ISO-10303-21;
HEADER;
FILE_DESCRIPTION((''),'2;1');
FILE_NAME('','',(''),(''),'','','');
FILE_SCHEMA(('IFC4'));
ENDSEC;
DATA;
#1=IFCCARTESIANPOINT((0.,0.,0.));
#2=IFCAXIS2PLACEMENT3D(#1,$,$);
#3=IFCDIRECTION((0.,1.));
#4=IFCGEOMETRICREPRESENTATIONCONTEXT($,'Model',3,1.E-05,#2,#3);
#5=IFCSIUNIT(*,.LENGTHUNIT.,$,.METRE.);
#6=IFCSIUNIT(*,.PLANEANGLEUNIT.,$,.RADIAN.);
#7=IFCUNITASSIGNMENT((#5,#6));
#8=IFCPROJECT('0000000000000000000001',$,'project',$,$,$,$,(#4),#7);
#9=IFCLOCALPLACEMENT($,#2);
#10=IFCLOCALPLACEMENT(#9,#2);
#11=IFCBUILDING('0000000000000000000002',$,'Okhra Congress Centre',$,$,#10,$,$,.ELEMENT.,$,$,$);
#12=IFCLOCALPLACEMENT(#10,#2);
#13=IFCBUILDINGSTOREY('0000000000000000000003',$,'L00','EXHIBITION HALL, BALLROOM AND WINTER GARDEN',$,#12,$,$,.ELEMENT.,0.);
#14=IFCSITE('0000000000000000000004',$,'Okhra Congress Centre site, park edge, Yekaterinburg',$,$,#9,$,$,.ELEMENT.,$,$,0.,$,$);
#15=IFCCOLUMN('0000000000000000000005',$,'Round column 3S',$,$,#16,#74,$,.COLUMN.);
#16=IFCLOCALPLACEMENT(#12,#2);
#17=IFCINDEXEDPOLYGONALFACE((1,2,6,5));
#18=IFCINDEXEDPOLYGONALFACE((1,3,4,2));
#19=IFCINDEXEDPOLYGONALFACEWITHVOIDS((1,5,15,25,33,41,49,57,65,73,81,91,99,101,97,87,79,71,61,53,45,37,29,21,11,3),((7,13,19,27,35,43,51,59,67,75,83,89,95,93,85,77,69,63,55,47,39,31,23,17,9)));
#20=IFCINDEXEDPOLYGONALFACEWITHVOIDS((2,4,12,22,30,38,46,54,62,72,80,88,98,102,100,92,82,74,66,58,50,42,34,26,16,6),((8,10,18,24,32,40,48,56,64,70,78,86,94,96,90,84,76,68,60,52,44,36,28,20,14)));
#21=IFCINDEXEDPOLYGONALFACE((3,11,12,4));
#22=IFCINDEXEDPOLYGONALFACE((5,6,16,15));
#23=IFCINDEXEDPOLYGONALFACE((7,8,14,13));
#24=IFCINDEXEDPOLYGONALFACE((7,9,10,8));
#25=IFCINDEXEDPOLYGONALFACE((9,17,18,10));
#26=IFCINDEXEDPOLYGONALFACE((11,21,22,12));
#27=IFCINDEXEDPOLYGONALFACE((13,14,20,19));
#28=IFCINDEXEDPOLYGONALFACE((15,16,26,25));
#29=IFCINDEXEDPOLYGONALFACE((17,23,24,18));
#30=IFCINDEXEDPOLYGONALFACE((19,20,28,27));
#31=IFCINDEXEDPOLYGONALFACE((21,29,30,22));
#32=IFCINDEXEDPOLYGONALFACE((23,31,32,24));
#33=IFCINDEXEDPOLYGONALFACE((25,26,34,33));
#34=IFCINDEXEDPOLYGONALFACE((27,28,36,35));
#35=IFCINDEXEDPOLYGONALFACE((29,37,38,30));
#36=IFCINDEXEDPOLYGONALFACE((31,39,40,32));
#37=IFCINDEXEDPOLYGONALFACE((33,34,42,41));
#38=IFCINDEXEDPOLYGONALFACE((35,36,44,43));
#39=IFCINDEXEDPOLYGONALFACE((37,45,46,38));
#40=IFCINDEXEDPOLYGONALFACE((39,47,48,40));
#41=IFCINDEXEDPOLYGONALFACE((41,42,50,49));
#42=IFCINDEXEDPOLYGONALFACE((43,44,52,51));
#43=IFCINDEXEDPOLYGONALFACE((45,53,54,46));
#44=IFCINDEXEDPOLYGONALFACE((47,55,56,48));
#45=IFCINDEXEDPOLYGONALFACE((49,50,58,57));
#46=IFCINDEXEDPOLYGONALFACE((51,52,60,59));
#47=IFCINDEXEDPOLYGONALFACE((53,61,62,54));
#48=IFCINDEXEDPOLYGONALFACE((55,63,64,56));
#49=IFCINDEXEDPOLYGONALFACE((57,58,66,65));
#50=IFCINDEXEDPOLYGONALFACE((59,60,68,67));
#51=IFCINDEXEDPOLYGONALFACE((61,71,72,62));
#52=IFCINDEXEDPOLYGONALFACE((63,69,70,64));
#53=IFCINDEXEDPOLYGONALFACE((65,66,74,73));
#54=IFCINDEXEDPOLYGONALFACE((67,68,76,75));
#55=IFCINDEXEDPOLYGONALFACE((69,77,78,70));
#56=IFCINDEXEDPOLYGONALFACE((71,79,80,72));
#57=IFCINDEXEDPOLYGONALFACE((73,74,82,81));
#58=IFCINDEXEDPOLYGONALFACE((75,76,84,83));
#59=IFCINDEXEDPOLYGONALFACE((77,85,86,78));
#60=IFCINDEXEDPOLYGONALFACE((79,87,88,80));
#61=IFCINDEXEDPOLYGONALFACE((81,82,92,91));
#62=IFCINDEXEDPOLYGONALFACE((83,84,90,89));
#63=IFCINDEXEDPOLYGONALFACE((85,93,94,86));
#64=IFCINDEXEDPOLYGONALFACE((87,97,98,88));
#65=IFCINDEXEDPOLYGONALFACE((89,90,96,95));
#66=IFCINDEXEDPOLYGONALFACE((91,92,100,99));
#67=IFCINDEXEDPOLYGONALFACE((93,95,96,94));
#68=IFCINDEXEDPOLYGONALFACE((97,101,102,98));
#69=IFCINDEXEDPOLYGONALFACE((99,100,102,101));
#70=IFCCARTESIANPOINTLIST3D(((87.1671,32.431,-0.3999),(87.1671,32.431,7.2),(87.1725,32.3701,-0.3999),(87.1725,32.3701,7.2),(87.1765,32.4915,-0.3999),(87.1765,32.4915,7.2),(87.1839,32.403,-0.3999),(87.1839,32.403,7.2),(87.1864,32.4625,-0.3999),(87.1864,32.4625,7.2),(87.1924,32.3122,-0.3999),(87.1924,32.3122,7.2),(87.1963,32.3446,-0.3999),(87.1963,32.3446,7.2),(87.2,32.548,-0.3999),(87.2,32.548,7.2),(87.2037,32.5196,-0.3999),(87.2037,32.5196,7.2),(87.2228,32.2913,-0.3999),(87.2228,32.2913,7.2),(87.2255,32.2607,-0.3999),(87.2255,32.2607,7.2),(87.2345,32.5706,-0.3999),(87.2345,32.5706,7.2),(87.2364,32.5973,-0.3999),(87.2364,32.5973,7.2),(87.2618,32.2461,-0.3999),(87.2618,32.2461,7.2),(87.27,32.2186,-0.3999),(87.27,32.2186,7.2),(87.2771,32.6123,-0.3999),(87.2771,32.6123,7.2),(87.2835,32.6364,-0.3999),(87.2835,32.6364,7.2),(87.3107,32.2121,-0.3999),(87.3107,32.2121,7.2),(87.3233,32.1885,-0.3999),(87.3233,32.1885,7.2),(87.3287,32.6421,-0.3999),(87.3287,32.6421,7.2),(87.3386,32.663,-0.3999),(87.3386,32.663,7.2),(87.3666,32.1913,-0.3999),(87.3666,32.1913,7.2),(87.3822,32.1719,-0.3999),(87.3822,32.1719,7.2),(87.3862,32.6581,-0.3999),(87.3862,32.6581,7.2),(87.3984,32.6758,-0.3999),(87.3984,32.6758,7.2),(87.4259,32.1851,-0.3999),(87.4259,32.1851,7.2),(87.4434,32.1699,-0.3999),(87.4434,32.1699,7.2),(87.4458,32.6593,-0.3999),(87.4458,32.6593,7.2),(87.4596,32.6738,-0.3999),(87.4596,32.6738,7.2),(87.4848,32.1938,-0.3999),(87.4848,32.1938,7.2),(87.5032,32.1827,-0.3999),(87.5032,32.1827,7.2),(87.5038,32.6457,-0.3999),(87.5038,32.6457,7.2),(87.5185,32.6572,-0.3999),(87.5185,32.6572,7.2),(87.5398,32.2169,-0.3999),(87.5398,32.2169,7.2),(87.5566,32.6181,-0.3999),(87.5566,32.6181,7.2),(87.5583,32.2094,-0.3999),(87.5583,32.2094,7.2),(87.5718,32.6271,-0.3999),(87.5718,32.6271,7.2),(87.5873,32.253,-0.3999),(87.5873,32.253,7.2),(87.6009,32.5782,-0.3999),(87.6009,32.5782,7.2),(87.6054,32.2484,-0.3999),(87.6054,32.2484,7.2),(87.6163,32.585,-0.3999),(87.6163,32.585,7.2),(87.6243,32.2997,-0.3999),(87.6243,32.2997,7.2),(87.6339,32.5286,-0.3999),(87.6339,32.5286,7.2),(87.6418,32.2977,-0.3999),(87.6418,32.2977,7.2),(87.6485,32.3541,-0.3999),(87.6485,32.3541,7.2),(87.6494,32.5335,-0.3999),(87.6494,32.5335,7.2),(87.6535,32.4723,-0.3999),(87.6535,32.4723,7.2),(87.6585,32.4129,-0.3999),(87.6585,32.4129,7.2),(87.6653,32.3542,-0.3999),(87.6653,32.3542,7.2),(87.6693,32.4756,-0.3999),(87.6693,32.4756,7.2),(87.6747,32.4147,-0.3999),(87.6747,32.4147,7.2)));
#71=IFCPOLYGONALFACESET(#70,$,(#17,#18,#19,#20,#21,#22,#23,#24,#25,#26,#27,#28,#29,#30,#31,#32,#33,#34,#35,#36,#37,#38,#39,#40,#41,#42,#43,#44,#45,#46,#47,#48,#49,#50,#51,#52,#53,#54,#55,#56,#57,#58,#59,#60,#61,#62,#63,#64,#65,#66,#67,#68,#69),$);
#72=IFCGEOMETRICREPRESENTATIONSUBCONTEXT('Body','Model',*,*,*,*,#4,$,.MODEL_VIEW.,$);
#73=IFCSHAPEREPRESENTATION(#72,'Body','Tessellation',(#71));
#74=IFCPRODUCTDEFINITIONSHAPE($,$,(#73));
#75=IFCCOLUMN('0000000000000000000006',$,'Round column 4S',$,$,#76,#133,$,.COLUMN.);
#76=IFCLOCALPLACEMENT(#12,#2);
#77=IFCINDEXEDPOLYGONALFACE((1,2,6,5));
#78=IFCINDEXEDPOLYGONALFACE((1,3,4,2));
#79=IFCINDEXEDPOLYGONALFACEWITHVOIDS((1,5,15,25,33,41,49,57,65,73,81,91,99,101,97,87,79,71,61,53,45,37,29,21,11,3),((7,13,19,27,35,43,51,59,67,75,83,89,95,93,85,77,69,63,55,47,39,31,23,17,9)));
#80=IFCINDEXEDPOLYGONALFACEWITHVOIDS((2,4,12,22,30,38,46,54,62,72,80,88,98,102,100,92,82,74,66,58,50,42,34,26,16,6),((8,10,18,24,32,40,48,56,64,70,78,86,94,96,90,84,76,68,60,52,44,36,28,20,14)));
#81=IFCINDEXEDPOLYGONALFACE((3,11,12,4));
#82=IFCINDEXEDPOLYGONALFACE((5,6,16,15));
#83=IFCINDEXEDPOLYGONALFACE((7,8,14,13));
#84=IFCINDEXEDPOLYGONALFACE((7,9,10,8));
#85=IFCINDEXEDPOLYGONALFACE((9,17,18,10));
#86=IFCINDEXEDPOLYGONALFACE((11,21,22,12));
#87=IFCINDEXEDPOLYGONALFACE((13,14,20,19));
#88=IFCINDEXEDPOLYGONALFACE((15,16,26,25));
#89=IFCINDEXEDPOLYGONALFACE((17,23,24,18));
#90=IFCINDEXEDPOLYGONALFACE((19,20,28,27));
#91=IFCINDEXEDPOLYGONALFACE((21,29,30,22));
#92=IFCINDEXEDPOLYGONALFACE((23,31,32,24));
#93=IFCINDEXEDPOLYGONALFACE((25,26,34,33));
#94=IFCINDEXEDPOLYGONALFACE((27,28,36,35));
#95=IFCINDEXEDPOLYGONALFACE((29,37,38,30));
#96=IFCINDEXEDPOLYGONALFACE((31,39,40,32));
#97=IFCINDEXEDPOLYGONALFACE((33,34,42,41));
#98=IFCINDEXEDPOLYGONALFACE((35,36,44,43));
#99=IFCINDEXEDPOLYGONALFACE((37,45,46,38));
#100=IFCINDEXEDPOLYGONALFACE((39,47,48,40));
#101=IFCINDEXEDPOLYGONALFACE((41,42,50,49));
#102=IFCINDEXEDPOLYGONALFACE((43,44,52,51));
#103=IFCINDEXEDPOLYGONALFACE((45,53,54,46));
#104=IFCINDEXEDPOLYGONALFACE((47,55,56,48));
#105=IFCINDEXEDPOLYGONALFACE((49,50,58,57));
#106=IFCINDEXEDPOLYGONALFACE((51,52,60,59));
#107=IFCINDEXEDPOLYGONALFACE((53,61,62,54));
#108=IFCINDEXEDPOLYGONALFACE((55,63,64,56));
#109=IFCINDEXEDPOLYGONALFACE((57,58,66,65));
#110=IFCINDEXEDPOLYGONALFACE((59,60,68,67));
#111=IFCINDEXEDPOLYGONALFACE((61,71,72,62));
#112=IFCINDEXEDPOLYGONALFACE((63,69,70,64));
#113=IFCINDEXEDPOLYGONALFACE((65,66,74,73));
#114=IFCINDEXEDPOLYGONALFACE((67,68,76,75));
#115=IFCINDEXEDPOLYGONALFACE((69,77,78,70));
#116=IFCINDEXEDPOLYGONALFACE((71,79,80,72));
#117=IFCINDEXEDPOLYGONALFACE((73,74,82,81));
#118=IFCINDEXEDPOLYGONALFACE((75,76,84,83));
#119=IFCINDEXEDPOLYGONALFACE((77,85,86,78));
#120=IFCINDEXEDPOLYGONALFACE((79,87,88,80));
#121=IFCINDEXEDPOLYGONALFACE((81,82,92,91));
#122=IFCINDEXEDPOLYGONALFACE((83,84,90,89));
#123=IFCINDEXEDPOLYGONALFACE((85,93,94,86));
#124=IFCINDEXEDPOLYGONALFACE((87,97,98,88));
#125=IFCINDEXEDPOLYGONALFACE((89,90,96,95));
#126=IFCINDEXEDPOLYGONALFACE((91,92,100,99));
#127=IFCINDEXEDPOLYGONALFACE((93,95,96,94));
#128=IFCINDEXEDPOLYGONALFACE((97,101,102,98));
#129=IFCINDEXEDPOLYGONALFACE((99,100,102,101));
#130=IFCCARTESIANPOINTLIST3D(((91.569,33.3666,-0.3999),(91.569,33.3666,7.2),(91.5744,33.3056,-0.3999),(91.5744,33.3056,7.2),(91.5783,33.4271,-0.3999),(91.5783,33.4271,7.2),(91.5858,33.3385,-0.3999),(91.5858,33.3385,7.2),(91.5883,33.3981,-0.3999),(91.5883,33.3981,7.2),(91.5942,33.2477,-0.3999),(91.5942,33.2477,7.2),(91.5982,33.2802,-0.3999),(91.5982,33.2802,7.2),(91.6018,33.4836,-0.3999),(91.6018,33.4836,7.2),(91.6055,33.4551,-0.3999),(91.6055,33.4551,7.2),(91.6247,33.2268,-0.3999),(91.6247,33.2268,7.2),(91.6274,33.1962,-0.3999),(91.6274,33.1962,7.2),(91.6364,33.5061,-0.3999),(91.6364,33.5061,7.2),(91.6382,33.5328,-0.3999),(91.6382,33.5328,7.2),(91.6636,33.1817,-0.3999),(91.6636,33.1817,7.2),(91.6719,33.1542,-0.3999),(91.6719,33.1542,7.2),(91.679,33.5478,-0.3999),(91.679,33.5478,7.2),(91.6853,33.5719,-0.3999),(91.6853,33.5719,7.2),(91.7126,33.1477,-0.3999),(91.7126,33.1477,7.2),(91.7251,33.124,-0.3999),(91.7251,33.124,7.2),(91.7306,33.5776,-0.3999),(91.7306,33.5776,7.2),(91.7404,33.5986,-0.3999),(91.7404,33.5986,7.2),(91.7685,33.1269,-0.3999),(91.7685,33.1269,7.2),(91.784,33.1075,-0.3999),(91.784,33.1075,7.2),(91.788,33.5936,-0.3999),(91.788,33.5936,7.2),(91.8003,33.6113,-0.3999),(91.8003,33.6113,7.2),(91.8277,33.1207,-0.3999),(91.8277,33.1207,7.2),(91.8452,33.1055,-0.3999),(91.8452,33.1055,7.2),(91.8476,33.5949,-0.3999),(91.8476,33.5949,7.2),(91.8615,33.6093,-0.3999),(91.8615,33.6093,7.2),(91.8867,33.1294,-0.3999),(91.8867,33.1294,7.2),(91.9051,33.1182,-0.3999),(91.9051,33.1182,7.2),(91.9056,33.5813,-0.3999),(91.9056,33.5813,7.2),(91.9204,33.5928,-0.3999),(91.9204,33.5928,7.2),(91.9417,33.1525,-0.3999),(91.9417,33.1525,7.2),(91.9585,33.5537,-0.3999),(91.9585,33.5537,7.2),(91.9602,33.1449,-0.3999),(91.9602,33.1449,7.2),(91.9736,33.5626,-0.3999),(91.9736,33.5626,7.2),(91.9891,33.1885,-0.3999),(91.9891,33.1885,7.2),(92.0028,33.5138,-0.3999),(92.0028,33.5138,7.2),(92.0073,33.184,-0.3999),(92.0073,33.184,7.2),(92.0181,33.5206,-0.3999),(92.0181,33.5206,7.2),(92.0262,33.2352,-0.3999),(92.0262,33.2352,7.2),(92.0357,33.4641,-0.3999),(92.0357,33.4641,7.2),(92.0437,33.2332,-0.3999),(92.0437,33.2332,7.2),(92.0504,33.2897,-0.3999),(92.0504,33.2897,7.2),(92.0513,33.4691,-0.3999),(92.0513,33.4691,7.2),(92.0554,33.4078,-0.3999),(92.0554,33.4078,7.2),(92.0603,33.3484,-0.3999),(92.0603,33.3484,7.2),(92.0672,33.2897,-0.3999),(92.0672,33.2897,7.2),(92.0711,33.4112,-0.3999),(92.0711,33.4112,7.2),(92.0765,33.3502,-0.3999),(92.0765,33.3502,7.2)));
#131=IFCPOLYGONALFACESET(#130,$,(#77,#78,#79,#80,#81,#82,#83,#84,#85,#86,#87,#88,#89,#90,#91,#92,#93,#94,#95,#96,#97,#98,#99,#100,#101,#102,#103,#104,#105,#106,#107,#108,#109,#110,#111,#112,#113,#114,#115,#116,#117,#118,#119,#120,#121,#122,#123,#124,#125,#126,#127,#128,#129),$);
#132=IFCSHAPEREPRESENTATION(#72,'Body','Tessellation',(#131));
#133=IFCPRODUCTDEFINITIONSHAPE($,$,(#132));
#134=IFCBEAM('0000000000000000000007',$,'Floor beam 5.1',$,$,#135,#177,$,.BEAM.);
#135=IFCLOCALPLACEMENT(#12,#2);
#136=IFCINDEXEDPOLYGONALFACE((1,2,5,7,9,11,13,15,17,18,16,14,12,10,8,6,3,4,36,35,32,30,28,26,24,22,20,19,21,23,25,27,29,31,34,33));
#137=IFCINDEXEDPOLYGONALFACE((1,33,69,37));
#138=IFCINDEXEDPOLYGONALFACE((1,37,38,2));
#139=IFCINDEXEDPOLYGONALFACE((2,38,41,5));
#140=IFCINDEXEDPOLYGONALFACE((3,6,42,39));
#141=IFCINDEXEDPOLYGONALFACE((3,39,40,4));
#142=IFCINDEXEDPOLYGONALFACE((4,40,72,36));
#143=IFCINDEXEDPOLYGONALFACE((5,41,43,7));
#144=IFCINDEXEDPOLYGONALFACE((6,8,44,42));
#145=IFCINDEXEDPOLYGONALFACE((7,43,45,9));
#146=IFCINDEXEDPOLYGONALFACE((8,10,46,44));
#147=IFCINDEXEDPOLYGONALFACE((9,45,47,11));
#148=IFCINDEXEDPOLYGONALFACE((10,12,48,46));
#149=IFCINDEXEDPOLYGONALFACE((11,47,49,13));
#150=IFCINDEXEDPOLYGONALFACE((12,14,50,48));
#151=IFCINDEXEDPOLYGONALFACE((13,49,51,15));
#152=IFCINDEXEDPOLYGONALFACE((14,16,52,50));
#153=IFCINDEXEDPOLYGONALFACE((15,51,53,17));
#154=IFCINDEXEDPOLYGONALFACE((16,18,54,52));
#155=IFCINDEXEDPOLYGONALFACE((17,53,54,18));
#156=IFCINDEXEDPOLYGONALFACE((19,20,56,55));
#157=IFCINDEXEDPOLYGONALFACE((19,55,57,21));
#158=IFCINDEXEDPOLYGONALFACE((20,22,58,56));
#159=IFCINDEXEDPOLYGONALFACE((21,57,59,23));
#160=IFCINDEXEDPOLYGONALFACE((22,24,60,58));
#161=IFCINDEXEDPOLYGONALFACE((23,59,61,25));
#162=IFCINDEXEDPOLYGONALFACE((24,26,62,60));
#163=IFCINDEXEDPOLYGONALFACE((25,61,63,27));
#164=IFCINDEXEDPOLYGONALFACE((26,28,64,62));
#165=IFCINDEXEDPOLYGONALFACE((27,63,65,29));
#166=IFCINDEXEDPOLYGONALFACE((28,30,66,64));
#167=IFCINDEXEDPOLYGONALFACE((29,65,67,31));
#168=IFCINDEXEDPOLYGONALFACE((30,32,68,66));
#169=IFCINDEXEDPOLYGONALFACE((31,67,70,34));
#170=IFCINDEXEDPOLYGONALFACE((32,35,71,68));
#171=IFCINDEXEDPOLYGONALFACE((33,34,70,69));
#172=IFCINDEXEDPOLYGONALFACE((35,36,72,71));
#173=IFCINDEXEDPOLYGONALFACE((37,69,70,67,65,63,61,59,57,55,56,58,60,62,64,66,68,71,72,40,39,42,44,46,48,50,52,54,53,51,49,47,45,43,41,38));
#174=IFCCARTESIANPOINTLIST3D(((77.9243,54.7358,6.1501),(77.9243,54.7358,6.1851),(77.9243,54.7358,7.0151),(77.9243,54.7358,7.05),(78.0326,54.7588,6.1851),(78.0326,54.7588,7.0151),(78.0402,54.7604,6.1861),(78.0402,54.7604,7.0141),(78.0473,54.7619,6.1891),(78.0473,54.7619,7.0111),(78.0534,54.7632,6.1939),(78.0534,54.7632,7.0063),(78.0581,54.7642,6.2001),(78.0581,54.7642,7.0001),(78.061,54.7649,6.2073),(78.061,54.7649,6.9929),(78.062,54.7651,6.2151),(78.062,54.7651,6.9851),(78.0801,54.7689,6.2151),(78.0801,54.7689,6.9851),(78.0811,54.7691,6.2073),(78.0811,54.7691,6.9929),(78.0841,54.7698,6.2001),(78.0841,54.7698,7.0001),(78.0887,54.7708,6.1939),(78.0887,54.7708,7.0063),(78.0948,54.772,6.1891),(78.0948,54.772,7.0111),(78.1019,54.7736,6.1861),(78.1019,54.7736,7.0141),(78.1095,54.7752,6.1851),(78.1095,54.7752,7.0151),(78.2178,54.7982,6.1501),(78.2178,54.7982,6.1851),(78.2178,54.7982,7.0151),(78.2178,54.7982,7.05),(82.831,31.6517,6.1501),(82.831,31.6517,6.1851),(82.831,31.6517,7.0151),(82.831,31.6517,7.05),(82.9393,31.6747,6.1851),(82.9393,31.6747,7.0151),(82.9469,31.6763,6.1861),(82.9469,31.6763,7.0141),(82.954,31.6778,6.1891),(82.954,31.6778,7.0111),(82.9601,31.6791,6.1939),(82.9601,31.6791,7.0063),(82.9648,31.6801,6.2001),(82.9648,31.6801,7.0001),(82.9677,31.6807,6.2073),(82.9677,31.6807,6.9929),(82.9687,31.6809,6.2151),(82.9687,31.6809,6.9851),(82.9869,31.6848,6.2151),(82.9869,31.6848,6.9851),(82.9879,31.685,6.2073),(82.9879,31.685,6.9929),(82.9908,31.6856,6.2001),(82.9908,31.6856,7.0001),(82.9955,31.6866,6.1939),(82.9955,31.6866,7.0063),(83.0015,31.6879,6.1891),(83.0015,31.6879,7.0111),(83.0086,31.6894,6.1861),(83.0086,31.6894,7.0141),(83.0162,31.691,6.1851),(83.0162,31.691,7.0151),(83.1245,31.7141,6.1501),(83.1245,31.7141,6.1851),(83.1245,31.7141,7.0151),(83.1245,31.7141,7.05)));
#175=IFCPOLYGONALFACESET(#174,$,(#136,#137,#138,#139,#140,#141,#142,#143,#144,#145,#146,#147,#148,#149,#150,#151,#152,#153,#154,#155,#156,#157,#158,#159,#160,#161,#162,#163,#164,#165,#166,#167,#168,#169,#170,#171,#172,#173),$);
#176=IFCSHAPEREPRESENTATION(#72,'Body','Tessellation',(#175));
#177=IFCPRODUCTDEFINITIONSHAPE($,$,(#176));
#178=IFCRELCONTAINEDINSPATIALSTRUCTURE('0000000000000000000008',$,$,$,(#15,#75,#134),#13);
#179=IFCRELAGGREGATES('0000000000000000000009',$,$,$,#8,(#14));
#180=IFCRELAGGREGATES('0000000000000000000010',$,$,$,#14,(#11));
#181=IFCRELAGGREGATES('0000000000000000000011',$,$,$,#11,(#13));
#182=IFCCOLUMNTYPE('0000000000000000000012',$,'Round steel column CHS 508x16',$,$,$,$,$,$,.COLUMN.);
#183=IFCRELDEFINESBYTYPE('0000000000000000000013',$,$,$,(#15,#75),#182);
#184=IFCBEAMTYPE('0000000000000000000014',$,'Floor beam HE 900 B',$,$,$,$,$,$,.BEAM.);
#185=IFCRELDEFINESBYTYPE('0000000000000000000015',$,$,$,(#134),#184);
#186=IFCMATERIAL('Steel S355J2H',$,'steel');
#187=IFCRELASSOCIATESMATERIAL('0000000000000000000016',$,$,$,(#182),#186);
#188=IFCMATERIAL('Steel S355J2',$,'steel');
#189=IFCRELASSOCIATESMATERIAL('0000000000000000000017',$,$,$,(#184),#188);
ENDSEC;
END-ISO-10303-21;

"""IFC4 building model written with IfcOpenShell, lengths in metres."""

from ifc_helpers import new_model, si_unit, direction, frame, origin, origin_2d, place, context, subcontext, project, spatial, hollow_circle, i_section, extrude, material, material_profile, profile_set, type_object, element, save


model = new_model("IFC4")

# Units and contexts
model_context = context("Model", 3, precision=1e-05, world=origin(), true_north=direction((0.0, 1.0)))
body_context = subcontext(model_context, "Body", "Model", "MODEL_VIEW")
ifc_project = project(units=[si_unit("LENGTHUNIT", "METRE"), si_unit("PLANEANGLEUNIT", "RADIAN")], contexts=[model_context])

# Site, building, storey
site_placement = place(None, origin())
site = spatial("IfcSite", under=ifc_project, at=site_placement, Name="Okhra Congress Centre site, park edge, Yekaterinburg", CompositionType="ELEMENT", RefElevation=0.0)
building_placement = place(site_placement, origin())
building = spatial("IfcBuilding", under=site, at=building_placement, Name="Okhra Congress Centre", CompositionType="ELEMENT")
storey_placement = place(building_placement, origin())
storey = spatial("IfcBuildingStorey", under=building, at=storey_placement, Name="L00", Description="EXHIBITION HALL, BALLROOM AND WINTER GARDEN", CompositionType="ELEMENT", Elevation=0.0)

# Columns
ifc_material_1 = material(Name="Steel S355J2H", Category="steel")
ifc_material_profile_1 = material_profile(ifc_material_1, hollow_circle(Radius=0.2539, WallThickness=0.0161, at=origin_2d()), Name="CHS 508x16")
ifc_profile_set_1 = profile_set([ifc_material_profile_1], Name="Steel S355J2H")
column_type = type_object("IfcColumnType", Name="Round steel column CHS 508x16", PredefinedType="COLUMN", material=ifc_profile_set_1)
for number, where, z_axis, x_axis, name in (
    (1, (87.4209, 32.4229, -0.3999), (0.0, 0.0, 1.0), (0.978148, 0.207912, 0.0), "Round column 3S"),
    (2, (91.8228, 33.3584, -0.3999), (0.0, 0.0, 1.0), (0.978148, 0.207912, 0.0), "Round column 4S"),
):
    element("IfcColumn", number, at=place(storey_placement, frame(where, z_axis=z_axis, x_axis=x_axis)), inside=storey, type_object=column_type, Name=name, PredefinedType="COLUMN", context=body_context, shape_type="SweptSolid", body=[
        extrude(hollow_circle(Radius=0.2539, WallThickness=0.0161, at=origin_2d()), origin(), (0.0, 0.0, 1.0), 7.5999),
    ])

# Beam
ifc_material_2 = material(Name="Steel S355J2", Category="steel")
ifc_material_profile_2 = material_profile(ifc_material_2, i_section(OverallWidth=0.3, OverallDepth=0.8999, WebThickness=0.0186, FlangeThickness=0.0349, FilletRadius=0.03, at=origin_2d()), Name="HE 900 B")
ifc_profile_set_2 = profile_set([ifc_material_profile_2], Name="Steel S355J2")
beam_type_1 = type_object("IfcBeamType", Name="Floor beam HE 900 B", PredefinedType="BEAM", material=ifc_profile_set_2)
beam_1_placement = place(storey_placement, frame((82.9778, 31.6829, 6.6001), z_axis=(-0.207913, 0.978147, 0.0), x_axis=(-0.978147, -0.207913, 0.0)))
element("IfcBeam", 3, at=beam_1_placement, inside=storey, type_object=beam_type_1, Name="Floor beam 5.1", PredefinedType="BEAM", context=body_context, shape_type="SweptSolid", body=[
    extrude(i_section(OverallWidth=0.3, OverallDepth=0.8999, WebThickness=0.0186, FlangeThickness=0.0349, FilletRadius=0.03, at=origin_2d()), origin(), (0.0, 0.0, 1.0), 23.5999),
])

save(model, "model.ifc")
